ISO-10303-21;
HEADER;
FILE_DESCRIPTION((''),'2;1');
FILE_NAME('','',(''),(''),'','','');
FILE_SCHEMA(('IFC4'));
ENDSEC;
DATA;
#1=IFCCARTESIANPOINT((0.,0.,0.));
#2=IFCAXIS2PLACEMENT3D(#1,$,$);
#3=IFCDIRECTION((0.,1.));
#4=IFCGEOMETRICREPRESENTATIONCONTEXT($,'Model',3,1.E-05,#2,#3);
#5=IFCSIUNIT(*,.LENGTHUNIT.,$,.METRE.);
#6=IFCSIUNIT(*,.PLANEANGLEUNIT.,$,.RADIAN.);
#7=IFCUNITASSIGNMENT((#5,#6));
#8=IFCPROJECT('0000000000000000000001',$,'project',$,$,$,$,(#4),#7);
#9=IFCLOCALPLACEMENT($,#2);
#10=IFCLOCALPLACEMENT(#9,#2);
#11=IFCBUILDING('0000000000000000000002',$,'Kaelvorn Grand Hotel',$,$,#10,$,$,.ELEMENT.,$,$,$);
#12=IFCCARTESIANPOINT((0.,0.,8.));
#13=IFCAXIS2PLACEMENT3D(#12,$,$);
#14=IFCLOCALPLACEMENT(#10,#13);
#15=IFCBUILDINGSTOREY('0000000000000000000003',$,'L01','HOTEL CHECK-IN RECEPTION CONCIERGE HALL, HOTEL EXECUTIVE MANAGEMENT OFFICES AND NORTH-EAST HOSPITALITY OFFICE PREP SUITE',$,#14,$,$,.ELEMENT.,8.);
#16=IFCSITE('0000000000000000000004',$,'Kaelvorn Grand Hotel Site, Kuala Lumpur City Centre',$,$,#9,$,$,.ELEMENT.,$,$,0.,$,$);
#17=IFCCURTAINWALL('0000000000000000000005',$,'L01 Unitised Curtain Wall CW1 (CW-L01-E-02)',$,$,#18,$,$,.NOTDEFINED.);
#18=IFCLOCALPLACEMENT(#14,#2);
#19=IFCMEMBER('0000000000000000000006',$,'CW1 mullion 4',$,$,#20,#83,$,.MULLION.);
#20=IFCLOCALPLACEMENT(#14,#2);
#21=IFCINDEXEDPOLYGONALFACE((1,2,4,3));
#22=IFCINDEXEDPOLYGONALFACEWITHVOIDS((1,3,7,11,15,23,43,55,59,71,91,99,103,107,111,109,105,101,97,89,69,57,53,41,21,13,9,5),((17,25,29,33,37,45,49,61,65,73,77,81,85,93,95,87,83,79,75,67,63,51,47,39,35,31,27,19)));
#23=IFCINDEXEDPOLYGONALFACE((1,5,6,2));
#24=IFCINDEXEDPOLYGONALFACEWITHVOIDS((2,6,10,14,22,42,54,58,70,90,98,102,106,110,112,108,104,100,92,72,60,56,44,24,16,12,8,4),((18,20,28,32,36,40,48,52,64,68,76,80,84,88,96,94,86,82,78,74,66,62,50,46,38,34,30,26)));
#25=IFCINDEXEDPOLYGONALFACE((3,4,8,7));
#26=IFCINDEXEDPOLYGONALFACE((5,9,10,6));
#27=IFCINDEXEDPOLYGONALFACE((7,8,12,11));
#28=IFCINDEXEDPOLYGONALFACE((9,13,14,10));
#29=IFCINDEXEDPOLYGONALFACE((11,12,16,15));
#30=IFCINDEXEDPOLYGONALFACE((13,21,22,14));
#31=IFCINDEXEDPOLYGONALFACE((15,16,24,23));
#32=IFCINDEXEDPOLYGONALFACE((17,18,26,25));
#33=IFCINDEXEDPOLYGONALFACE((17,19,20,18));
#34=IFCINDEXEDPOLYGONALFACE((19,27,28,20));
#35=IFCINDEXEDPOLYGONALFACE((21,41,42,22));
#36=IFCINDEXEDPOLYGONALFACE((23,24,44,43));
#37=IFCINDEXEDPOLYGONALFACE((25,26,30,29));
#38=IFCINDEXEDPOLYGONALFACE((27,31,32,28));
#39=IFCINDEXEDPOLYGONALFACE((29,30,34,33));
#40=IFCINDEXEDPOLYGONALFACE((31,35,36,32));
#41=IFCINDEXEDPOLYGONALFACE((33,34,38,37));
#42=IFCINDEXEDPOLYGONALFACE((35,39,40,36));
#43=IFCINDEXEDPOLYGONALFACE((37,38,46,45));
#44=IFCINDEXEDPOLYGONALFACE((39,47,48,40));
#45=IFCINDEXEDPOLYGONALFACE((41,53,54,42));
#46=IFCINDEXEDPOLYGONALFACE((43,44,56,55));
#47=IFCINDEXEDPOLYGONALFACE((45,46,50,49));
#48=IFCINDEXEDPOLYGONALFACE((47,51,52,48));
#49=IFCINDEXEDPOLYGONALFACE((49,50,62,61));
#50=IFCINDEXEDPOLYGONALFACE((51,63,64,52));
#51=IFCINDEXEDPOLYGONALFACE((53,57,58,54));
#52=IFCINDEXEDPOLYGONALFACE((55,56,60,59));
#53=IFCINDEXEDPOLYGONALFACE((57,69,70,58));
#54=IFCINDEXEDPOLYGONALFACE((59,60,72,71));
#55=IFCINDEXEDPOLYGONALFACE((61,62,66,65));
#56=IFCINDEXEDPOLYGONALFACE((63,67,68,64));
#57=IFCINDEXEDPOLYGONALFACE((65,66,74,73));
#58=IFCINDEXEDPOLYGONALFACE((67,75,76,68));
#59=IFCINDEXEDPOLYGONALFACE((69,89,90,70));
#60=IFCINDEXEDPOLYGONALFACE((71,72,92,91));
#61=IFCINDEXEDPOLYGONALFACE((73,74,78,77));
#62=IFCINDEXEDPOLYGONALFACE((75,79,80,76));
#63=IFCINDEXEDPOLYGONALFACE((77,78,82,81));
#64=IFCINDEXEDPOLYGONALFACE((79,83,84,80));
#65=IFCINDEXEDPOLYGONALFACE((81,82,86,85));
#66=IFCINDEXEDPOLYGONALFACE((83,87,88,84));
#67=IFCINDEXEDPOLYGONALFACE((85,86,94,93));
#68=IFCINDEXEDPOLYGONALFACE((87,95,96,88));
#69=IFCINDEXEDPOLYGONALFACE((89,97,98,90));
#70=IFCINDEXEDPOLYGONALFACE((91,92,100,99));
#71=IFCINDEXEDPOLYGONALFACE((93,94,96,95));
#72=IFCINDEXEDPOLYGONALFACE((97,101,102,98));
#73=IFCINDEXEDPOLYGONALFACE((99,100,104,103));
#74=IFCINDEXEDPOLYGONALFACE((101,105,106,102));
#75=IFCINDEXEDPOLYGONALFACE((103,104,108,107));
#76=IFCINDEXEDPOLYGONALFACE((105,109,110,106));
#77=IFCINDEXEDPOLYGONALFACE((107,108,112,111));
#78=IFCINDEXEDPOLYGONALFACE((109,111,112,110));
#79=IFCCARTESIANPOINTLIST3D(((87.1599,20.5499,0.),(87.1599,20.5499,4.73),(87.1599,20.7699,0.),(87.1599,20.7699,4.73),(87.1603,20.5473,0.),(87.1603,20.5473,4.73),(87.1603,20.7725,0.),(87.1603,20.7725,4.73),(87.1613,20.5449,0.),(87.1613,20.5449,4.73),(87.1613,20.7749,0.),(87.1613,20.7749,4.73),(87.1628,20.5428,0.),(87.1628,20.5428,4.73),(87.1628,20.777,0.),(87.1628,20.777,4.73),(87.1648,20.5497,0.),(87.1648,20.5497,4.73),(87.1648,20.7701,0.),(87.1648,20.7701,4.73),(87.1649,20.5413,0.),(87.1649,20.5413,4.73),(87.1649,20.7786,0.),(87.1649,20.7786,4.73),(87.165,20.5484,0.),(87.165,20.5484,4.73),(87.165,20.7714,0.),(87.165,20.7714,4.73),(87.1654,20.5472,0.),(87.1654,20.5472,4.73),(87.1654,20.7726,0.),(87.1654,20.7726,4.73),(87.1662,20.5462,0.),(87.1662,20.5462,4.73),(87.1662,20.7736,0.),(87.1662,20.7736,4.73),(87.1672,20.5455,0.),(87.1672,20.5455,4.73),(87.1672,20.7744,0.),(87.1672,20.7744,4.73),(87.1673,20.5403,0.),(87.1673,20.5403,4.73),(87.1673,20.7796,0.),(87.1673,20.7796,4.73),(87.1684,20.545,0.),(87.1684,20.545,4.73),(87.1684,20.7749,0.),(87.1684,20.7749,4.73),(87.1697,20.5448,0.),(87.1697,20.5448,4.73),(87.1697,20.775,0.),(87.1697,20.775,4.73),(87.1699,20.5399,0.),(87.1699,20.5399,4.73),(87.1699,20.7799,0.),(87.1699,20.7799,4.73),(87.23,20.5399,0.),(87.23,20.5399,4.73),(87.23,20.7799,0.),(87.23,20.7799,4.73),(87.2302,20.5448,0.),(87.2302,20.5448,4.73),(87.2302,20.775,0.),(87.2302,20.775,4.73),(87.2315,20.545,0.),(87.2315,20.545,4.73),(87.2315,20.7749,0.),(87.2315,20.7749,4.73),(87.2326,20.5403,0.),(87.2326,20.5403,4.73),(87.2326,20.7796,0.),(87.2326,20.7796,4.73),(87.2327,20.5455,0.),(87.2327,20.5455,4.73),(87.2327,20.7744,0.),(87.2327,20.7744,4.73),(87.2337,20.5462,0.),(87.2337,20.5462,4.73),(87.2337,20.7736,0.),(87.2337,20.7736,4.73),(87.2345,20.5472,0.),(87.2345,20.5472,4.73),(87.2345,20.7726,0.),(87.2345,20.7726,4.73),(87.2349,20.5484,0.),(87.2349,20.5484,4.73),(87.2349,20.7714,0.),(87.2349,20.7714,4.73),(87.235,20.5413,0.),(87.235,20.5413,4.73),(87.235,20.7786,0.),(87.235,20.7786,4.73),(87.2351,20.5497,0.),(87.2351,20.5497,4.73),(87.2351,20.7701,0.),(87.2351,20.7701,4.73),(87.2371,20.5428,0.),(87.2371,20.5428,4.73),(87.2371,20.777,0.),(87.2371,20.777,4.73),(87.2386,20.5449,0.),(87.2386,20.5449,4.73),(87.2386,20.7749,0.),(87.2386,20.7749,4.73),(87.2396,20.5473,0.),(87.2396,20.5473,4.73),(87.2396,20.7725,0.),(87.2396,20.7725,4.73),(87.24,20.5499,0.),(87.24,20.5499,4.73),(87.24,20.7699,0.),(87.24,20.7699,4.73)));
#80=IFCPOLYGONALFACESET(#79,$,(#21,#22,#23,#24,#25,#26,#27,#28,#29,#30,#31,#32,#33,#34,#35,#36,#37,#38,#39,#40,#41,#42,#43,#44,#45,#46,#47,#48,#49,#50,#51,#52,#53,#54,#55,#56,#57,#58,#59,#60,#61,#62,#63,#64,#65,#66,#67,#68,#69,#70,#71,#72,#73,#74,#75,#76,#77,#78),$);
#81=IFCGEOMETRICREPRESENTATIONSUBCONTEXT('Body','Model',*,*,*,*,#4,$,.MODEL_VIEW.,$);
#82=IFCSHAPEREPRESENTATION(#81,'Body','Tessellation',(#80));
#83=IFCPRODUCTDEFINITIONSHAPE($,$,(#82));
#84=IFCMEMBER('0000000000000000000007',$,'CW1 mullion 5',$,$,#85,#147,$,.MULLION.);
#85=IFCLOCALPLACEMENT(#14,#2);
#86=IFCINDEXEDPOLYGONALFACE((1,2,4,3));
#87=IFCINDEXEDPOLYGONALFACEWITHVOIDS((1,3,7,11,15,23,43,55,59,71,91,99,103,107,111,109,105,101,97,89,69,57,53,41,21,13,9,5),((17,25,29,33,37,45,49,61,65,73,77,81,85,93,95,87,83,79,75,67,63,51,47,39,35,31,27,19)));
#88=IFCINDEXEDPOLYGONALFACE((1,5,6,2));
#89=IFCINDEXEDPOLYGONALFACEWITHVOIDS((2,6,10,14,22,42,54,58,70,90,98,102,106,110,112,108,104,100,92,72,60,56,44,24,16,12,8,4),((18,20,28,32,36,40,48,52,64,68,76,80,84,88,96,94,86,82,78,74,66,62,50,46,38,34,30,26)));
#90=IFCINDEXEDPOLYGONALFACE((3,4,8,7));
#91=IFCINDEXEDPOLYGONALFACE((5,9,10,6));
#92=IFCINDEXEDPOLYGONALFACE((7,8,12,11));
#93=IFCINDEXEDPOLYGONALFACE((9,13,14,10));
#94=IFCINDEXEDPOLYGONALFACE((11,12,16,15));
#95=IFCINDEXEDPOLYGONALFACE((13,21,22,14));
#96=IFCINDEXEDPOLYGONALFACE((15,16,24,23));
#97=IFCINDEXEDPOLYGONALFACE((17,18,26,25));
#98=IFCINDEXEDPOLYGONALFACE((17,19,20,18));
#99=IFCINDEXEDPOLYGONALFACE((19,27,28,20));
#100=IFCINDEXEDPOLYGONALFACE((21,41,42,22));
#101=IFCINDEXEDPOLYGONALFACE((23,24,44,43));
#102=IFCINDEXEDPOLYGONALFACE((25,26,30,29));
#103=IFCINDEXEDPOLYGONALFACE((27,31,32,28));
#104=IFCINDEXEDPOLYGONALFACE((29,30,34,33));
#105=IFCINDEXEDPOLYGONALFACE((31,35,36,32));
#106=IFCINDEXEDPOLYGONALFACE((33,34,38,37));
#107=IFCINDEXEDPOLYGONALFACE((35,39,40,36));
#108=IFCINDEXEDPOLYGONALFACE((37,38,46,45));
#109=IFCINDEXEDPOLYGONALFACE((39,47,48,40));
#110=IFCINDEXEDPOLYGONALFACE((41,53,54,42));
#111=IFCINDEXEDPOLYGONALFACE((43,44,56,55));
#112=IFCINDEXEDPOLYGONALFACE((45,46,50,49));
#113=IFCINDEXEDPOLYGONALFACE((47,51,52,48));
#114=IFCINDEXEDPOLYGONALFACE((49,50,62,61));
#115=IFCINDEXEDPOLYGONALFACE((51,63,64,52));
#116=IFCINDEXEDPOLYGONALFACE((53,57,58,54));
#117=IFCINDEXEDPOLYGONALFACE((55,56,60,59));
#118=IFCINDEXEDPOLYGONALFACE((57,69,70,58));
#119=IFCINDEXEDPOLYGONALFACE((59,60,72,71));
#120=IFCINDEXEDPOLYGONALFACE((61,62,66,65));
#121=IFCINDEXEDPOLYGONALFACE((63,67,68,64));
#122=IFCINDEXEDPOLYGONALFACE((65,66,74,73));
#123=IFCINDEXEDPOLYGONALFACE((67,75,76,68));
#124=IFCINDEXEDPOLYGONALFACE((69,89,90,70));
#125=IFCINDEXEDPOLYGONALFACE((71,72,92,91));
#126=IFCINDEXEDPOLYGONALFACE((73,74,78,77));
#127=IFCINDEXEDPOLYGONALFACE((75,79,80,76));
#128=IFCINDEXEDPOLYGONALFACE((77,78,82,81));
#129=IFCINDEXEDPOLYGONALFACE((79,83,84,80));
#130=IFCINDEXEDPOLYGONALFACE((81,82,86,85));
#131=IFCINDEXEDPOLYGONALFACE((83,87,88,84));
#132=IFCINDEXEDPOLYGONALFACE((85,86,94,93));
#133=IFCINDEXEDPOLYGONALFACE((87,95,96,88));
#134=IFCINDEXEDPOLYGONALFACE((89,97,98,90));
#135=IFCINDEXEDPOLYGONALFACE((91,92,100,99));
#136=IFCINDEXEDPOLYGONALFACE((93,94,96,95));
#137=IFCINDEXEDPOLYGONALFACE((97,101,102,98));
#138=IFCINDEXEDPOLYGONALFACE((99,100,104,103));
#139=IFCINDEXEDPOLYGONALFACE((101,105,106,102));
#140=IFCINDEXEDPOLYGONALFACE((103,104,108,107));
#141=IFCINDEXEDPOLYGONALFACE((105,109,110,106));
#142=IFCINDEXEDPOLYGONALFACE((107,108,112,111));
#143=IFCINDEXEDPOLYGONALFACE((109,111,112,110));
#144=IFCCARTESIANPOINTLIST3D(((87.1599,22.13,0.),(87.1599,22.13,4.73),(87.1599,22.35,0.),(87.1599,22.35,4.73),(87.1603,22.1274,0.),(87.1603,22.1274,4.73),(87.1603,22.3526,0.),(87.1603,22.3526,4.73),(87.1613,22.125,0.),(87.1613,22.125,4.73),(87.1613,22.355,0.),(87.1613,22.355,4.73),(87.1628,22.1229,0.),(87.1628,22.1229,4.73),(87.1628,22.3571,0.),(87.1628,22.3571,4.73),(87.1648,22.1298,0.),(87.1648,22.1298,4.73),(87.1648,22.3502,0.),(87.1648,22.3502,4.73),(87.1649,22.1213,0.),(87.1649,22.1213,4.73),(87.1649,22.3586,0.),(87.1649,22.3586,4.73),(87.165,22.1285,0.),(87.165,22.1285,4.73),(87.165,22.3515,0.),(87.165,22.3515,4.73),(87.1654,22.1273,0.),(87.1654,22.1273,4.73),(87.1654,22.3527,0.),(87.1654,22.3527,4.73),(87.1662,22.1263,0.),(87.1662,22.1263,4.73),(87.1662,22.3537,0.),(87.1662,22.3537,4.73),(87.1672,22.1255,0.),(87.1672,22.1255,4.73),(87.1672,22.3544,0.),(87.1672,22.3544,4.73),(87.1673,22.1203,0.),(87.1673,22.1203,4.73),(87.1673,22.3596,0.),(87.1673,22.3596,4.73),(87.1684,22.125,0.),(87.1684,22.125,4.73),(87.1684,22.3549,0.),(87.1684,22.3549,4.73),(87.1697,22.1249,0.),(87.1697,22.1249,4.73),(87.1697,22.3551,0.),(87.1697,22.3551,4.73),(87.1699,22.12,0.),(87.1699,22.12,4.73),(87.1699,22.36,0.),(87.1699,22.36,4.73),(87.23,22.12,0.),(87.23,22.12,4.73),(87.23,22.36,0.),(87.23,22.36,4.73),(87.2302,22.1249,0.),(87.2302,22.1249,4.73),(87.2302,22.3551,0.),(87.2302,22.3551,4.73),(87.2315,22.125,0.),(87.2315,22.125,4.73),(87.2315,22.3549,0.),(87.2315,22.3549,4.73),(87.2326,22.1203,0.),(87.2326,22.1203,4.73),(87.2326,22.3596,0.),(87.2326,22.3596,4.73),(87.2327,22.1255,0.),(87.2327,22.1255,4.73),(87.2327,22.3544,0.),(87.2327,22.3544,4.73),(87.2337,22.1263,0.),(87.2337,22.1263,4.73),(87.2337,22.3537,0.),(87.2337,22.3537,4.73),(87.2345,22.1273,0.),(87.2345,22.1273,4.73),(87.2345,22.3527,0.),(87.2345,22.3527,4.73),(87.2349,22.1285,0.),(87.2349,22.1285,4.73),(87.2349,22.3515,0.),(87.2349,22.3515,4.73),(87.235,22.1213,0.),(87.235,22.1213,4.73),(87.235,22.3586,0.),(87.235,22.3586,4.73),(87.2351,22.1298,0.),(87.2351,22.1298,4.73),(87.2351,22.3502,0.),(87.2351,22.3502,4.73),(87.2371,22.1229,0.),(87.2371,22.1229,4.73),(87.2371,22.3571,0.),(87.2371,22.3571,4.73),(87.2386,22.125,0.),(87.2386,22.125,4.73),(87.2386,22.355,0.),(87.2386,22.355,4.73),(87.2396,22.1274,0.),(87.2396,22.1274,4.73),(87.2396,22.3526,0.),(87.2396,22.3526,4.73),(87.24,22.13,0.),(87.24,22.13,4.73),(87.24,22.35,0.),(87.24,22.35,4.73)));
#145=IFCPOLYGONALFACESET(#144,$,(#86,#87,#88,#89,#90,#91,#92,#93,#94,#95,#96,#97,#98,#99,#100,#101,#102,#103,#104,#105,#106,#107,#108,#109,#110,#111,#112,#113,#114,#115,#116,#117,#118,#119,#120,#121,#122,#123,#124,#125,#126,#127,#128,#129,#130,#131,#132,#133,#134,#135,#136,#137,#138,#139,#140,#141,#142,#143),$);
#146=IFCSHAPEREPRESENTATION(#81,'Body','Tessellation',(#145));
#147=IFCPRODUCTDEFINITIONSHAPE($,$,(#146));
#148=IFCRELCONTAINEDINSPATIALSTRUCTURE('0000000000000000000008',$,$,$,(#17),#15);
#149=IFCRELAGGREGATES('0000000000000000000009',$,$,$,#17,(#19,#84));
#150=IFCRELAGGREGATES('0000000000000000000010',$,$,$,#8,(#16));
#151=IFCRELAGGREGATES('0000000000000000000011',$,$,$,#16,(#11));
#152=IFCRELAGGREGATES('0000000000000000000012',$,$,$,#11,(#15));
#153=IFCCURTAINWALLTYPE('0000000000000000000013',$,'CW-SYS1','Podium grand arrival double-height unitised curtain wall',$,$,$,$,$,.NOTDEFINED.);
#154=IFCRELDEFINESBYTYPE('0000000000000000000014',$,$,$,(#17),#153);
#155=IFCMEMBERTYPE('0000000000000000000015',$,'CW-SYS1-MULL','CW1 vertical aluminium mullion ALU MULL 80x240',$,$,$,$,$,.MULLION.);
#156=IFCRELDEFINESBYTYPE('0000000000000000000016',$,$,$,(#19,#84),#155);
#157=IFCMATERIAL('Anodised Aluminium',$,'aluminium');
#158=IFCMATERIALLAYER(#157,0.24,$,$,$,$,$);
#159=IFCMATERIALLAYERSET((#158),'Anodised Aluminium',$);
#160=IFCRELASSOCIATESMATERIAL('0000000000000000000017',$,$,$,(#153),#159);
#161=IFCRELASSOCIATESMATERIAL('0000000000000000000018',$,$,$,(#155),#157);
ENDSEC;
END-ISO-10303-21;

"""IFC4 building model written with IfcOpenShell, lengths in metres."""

from ifc_helpers import new_model, si_unit, direction, frame, origin, origin_2d, place, context, subcontext, project, spatial, hollow_rectangle, extrude, material, layer, layer_set, material_profile, profile_set, type_object, element, aggregate, save


model = new_model("IFC4")

# Units and contexts
model_context = context("Model", 3, precision=1e-05, world=origin(), true_north=direction((0.0, 1.0)))
body_context = subcontext(model_context, "Body", "Model", "MODEL_VIEW")
ifc_project = project(units=[si_unit("LENGTHUNIT", "METRE"), si_unit("PLANEANGLEUNIT", "RADIAN")], contexts=[model_context])

# Site, building, storey
site_placement = place(None, origin())
site = spatial("IfcSite", under=ifc_project, at=site_placement, Name="Kaelvorn Grand Hotel Site, Kuala Lumpur City Centre", CompositionType="ELEMENT", RefElevation=0.0)
building_placement = place(site_placement, origin())
building = spatial("IfcBuilding", under=site, at=building_placement, Name="Kaelvorn Grand Hotel", CompositionType="ELEMENT")
storey_placement = place(building_placement, frame((0.0, 0.0, 8.0)))
storey = spatial("IfcBuildingStorey", under=building, at=storey_placement, Name="L01", Description="HOTEL CHECK-IN RECEPTION CONCIERGE HALL, HOTEL EXECUTIVE MANAGEMENT OFFICES AND NORTH-EAST HOSPITALITY OFFICE PREP SUITE", CompositionType="ELEMENT", Elevation=8.0)

# Curtain wall, members
ifc_material_1 = material(Name="Anodised Aluminium", Category="aluminium")
ifc_layer_1 = layer(ifc_material_1, 0.24)
ifc_layer_set_1 = layer_set([ifc_layer_1], Name="Anodised Aluminium")
curtain_wall_type = type_object("IfcCurtainWallType", Name="CW-SYS1", Description="Podium grand arrival double-height unitised curtain wall", PredefinedType="NOTDEFINED", material=ifc_layer_set_1)
curtain_wall_placement = place(storey_placement, origin())
curtain_wall = element("IfcCurtainWall", 1, at=curtain_wall_placement, inside=storey, type_object=curtain_wall_type, Name="L01 Unitised Curtain Wall CW1 (CW-L01-E-02)", PredefinedType="NOTDEFINED")
ifc_material_profile_1 = material_profile(ifc_material_1, hollow_rectangle(XDim=0.0801, YDim=0.24, WallThickness=0.0049, InnerFilletRadius=0.0049, OuterFilletRadius=0.01, at=origin_2d()), Name="ALU MULL 80x240")
ifc_profile_set_1 = profile_set([ifc_material_profile_1], Name="Anodised Aluminium")
member_type_1 = type_object("IfcMemberType", Name="CW-SYS1-MULL", Description="CW1 vertical aluminium mullion ALU MULL 80x240", PredefinedType="MULLION", material=ifc_profile_set_1)
member_1_placement = place(storey_placement, frame((87.2, 20.6599, 0.0), z_axis=(0.0, 0.0, 1.0), x_axis=(-1.0, 0.0, 0.0)))
member_1 = element("IfcMember", 2, at=member_1_placement, type_object=member_type_1, Name="CW1 mullion 4", PredefinedType="MULLION", context=body_context, shape_type="SweptSolid", body=[
    extrude(hollow_rectangle(XDim=0.0801, YDim=0.24, WallThickness=0.0049, InnerFilletRadius=0.0049, OuterFilletRadius=0.01, at=origin_2d()), origin(), (0.0, 0.0, 1.0), 4.73),
])
member_2_placement = place(storey_placement, frame((87.2, 22.24, 0.0), z_axis=(0.0, 0.0, 1.0), x_axis=(-1.0, 0.0, 0.0)))
member_2 = element("IfcMember", 3, at=member_2_placement, type_object=member_type_1, Name="CW1 mullion 5", PredefinedType="MULLION", context=body_context, shape_type="SweptSolid", body=[
    extrude(hollow_rectangle(XDim=0.0801, YDim=0.24, WallThickness=0.0049, InnerFilletRadius=0.0049, OuterFilletRadius=0.01, at=origin_2d()), origin(), (0.0, 0.0, 1.0), 4.73),
])
aggregate(curtain_wall, [member_1, member_2])

save(model, "model.ifc")
